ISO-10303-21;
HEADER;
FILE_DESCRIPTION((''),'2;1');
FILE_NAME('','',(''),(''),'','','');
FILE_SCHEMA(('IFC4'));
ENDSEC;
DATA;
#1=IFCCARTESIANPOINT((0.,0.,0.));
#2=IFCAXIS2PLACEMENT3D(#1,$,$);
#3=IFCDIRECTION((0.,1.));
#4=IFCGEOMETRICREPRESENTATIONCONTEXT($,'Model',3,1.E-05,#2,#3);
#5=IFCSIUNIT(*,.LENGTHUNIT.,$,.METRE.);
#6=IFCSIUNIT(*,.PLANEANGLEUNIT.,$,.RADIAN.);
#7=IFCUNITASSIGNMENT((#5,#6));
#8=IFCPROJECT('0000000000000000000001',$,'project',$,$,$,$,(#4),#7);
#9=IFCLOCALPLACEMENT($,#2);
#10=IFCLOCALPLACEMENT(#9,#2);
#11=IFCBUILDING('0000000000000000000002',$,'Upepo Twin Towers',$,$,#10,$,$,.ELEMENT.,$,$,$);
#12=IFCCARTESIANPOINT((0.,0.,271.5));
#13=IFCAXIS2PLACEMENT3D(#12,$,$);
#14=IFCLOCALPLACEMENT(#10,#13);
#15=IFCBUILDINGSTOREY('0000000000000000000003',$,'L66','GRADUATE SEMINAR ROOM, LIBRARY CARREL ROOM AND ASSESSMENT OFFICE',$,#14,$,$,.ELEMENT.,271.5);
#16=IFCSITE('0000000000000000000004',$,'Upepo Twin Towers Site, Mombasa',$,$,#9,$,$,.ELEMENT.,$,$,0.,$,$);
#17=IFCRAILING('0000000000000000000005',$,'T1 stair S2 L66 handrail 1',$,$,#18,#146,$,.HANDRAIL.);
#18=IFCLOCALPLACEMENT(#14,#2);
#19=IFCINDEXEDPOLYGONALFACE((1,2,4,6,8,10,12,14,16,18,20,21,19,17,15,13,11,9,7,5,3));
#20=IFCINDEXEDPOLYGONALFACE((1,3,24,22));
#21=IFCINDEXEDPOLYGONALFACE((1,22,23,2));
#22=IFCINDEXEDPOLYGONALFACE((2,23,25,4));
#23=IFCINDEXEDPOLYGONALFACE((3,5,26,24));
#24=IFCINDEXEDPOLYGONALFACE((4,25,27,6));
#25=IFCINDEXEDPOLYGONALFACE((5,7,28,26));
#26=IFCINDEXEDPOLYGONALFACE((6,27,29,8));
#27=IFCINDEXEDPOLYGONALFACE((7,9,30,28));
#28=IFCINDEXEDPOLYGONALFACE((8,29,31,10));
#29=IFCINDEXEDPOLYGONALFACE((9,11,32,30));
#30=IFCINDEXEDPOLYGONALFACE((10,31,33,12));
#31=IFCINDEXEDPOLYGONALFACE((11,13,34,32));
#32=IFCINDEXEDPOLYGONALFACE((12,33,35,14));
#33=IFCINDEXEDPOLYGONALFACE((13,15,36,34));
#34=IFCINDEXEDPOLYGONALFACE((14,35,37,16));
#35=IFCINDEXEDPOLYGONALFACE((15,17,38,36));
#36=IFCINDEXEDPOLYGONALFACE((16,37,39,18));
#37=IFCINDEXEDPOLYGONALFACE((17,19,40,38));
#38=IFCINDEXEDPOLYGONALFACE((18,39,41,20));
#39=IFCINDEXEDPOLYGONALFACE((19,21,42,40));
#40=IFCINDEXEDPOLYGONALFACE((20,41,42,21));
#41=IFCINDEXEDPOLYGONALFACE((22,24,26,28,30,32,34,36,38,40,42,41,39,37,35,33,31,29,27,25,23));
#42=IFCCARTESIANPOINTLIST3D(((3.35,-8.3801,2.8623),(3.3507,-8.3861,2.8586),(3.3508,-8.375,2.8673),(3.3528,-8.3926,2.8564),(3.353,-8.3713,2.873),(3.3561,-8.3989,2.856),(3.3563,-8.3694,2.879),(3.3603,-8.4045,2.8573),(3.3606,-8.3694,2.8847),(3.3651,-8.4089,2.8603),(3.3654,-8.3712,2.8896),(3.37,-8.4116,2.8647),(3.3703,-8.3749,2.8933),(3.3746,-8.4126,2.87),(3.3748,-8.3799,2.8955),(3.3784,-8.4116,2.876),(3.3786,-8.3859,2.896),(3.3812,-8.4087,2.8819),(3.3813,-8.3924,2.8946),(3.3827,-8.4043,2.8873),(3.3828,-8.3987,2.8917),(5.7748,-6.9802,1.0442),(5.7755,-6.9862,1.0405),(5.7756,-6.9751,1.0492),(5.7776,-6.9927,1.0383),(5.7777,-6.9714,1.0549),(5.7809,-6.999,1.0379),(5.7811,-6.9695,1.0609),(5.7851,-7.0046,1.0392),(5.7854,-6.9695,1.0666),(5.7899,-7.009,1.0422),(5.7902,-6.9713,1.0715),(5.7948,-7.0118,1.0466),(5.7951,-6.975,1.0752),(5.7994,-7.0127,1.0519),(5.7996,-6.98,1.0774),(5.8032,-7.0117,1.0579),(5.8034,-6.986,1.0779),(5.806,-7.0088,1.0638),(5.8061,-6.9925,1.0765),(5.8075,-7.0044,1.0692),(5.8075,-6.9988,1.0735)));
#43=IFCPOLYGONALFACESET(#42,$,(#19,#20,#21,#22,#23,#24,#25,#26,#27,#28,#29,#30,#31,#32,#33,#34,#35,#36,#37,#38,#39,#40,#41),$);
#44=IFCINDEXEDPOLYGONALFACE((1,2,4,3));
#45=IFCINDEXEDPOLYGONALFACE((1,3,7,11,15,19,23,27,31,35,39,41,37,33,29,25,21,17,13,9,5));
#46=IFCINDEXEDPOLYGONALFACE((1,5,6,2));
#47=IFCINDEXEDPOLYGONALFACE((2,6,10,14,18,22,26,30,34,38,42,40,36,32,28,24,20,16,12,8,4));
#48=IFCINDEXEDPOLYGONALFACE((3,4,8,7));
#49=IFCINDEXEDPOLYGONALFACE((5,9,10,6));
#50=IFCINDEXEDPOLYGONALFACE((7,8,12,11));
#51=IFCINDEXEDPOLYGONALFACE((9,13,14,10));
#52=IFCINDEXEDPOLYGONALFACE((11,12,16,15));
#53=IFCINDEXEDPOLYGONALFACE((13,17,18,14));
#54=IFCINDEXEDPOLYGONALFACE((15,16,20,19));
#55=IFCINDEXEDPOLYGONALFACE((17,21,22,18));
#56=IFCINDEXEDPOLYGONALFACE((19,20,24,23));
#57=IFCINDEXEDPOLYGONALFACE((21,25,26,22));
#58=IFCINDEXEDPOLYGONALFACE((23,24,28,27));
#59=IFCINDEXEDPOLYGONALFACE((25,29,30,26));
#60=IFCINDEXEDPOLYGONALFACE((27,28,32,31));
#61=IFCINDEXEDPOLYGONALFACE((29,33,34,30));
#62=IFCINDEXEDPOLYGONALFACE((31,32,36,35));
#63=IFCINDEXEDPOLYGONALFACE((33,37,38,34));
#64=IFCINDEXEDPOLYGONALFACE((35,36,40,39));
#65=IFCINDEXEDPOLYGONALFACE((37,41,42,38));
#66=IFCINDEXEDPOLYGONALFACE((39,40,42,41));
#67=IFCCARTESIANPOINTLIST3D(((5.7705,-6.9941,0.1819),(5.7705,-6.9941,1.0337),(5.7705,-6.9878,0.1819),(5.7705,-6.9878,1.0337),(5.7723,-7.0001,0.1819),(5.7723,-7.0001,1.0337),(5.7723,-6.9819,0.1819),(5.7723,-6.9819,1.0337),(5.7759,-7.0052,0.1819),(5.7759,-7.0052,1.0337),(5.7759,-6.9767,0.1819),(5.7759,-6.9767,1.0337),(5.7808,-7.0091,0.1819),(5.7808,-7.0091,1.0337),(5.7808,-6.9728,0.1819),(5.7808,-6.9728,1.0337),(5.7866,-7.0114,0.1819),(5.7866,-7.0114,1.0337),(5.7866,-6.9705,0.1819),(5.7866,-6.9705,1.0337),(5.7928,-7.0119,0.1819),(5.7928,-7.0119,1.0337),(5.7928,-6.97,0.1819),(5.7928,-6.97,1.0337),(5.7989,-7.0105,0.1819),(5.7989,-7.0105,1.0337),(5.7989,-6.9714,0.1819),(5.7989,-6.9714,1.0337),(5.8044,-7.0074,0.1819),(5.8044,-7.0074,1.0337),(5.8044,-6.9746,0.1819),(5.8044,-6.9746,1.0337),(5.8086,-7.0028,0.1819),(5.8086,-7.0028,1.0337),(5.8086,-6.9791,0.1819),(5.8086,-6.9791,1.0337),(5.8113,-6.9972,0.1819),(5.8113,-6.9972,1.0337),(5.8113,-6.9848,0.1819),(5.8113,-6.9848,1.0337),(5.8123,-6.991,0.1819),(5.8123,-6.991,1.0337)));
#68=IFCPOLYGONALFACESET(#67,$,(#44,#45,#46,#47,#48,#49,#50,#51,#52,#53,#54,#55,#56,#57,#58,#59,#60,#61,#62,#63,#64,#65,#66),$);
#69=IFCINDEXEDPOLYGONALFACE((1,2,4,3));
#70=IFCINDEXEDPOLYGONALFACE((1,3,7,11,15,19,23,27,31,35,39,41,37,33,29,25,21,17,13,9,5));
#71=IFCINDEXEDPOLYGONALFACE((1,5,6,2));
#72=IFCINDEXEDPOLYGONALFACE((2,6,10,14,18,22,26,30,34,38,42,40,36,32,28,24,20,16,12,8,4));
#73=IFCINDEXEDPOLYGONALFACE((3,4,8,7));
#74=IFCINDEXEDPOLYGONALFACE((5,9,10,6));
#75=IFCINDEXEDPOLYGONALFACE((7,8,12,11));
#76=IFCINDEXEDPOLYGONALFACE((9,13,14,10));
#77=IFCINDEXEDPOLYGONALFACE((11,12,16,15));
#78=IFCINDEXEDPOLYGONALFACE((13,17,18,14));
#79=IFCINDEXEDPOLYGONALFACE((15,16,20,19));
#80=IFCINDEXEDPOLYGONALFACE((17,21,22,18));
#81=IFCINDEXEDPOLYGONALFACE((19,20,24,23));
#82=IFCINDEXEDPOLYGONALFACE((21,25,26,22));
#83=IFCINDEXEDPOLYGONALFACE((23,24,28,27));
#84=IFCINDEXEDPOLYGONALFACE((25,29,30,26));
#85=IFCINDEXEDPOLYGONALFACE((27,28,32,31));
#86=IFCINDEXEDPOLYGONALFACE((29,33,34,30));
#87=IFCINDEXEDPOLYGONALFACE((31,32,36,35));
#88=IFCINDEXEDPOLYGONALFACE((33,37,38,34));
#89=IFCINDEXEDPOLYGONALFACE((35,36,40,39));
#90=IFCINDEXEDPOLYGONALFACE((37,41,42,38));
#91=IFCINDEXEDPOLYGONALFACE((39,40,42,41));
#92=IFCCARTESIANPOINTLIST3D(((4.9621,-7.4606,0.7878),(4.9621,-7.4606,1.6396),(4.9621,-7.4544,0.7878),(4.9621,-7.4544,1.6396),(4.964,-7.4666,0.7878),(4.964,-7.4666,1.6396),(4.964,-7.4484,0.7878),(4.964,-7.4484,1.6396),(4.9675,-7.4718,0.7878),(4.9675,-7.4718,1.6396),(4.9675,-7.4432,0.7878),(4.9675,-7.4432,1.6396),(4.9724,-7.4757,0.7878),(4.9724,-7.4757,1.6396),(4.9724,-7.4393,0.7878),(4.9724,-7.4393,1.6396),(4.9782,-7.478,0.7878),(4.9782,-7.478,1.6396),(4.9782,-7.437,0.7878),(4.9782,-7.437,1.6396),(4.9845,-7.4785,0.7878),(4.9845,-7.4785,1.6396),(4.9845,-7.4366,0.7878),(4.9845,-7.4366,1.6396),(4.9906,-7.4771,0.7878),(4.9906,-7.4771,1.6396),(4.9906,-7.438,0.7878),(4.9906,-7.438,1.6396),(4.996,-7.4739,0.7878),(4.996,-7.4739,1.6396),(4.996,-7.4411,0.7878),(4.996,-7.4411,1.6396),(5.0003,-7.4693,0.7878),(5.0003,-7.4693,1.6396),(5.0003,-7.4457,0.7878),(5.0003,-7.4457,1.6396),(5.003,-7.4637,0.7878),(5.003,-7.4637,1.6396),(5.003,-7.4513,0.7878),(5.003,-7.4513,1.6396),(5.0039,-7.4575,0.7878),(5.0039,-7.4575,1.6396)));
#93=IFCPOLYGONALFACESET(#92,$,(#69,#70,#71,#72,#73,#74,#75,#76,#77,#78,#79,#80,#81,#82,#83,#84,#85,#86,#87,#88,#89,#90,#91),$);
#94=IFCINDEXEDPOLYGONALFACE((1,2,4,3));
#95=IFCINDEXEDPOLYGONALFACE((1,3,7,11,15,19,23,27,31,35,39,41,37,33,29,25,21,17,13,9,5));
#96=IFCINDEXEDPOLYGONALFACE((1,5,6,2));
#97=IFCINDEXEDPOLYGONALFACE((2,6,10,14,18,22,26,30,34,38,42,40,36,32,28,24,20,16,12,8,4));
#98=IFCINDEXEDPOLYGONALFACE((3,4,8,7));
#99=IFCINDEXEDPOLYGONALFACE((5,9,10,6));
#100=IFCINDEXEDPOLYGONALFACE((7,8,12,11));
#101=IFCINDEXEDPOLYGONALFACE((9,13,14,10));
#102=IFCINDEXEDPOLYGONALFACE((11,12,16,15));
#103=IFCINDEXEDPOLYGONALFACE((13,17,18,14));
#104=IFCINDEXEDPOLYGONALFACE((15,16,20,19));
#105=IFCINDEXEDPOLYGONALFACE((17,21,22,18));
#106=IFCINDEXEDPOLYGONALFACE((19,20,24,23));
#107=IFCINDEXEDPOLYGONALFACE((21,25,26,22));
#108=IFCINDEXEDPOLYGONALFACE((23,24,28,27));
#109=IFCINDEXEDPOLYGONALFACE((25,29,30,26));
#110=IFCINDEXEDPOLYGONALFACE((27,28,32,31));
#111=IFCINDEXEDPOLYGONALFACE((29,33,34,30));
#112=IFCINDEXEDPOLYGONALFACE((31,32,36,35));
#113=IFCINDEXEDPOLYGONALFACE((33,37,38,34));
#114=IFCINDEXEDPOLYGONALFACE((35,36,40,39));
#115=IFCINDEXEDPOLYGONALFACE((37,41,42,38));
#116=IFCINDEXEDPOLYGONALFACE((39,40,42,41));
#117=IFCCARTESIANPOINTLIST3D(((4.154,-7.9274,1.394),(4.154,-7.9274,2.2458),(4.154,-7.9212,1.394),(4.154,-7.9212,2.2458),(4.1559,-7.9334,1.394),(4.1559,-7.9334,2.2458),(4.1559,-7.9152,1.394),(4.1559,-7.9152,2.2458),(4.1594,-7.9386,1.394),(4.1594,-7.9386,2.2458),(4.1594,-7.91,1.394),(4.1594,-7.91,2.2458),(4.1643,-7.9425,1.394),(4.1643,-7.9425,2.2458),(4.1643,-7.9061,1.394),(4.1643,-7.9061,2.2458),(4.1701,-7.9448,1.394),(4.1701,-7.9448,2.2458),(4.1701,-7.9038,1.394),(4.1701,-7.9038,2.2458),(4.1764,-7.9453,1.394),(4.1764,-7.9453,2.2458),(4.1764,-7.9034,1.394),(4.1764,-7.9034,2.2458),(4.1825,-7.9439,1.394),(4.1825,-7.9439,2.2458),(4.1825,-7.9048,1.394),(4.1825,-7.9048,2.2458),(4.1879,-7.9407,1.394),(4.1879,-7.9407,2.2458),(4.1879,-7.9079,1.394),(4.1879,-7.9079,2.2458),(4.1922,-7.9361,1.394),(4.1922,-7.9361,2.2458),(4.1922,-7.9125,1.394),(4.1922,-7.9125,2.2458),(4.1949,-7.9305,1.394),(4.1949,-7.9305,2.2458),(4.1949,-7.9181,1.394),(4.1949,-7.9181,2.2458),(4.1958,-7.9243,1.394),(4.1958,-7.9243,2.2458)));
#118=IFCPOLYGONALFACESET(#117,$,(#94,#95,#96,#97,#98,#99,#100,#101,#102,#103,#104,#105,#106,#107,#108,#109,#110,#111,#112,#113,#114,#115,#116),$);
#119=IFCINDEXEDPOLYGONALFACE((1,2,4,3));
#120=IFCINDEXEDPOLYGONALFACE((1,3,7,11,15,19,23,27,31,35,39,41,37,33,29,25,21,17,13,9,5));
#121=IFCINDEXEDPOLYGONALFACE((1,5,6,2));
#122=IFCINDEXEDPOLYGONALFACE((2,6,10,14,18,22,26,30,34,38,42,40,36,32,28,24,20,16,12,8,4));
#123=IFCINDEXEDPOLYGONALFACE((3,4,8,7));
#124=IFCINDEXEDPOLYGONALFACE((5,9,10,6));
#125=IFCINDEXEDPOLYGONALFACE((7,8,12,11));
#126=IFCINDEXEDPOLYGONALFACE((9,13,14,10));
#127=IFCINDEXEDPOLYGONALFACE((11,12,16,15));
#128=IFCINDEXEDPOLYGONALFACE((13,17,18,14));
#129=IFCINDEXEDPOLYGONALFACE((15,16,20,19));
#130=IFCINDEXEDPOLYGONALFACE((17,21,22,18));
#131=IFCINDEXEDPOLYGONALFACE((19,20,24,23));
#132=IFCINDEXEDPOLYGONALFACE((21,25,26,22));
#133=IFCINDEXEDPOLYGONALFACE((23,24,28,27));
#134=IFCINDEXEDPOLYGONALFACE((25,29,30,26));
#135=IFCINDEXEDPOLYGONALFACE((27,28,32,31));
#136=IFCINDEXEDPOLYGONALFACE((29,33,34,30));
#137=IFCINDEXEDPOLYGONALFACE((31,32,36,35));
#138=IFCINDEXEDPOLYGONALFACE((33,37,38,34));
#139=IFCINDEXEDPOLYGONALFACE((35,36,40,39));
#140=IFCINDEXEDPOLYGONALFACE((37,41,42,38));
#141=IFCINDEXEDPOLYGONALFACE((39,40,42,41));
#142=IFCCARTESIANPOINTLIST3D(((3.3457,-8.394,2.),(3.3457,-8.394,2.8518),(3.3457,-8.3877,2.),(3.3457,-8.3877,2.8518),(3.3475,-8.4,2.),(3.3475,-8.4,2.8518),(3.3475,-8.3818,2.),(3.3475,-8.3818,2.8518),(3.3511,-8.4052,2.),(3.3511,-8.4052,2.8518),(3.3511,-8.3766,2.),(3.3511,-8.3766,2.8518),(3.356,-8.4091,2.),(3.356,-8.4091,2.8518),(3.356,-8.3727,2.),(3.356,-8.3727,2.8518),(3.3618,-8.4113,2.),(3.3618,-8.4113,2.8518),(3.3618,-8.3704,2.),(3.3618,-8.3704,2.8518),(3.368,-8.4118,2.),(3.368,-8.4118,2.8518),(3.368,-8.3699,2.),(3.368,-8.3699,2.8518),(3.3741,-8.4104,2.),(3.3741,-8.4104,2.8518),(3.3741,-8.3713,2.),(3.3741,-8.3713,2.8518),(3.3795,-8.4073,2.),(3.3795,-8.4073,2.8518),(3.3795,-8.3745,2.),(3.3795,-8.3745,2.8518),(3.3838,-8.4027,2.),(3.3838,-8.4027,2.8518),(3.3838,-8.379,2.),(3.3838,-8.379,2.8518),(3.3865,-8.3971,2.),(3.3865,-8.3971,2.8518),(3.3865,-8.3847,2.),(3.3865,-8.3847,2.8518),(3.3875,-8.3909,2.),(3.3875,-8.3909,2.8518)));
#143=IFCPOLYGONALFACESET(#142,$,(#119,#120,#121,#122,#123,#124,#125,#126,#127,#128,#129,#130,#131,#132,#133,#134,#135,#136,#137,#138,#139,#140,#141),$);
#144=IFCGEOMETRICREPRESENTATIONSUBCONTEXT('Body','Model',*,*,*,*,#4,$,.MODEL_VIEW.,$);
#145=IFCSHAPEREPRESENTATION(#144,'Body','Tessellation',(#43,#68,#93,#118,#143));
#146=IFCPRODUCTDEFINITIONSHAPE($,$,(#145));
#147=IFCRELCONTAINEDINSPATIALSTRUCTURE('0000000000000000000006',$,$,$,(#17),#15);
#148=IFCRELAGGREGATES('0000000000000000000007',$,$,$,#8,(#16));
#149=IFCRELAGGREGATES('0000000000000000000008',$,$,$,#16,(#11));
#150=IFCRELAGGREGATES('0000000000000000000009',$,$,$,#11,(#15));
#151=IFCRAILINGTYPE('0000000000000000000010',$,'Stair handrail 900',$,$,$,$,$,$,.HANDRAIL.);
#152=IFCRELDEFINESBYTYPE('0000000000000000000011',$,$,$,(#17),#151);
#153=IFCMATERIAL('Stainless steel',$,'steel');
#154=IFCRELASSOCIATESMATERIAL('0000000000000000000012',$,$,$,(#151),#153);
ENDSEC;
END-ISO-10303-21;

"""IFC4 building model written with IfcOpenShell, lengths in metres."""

from ifc_helpers import new_model, si_unit, direction, frame, origin, origin_2d, place, context, subcontext, project, spatial, circle, extrude, material, type_object, element, save


model = new_model("IFC4")

# Units and contexts
model_context = context("Model", 3, precision=1e-05, world=origin(), true_north=direction((0.0, 1.0)))
body_context = subcontext(model_context, "Body", "Model", "MODEL_VIEW")
ifc_project = project(units=[si_unit("LENGTHUNIT", "METRE"), si_unit("PLANEANGLEUNIT", "RADIAN")], contexts=[model_context])

# Site, building, storey
site_placement = place(None, origin())
site = spatial("IfcSite", under=ifc_project, at=site_placement, Name="Upepo Twin Towers Site, Mombasa", CompositionType="ELEMENT", RefElevation=0.0)
building_placement = place(site_placement, origin())
building = spatial("IfcBuilding", under=site, at=building_placement, Name="Upepo Twin Towers", CompositionType="ELEMENT")
storey_placement = place(building_placement, frame((0.0, 0.0, 271.5)))
storey = spatial("IfcBuildingStorey", under=building, at=storey_placement, Name="L66", Description="GRADUATE SEMINAR ROOM, LIBRARY CARREL ROOM AND ASSESSMENT OFFICE", CompositionType="ELEMENT", Elevation=271.5)

# Railing
ifc_material_1 = material(Name="Stainless steel", Category="steel")
railing_type = type_object("IfcRailingType", Name="Stair handrail 900", PredefinedType="HANDRAIL", material=ifc_material_1)
railing_1_placement = place(storey_placement, frame((5.7913, -6.991, 0.1819)))
element("IfcRailing", 1, at=railing_1_placement, inside=storey, type_object=railing_type, Name="T1 stair S2 L66 handrail 1", PredefinedType="HANDRAIL", context=body_context, shape_type="SweptSolid", body=[
    extrude(circle(Radius=0.0239, at=origin_2d()), frame((0.0, 0.0, 0.876), z_axis=(-0.726336, -0.419333, 0.544606), x_axis=(0.499984, -0.866035, 0.0)), (0.0, 0.0, 1.0), 3.3384),
    extrude(circle(Radius=0.021, at=origin_2d()), origin(), (0.0, 0.0, 1.0), 0.8518),
    extrude(circle(Radius=0.021, at=origin_2d()), frame((-0.8083, -0.4666, 0.606)), (0.0, 0.0, 1.0), 0.8518),
    extrude(circle(Radius=0.021, at=origin_2d()), frame((-1.6165, -0.9333, 1.2122)), (0.0, 0.0, 1.0), 0.8518),
    extrude(circle(Radius=0.021, at=origin_2d()), frame((-2.4248, -1.3999, 1.8181)), (0.0, 0.0, 1.0), 0.8518),
])

save(model, "model.ifc")
